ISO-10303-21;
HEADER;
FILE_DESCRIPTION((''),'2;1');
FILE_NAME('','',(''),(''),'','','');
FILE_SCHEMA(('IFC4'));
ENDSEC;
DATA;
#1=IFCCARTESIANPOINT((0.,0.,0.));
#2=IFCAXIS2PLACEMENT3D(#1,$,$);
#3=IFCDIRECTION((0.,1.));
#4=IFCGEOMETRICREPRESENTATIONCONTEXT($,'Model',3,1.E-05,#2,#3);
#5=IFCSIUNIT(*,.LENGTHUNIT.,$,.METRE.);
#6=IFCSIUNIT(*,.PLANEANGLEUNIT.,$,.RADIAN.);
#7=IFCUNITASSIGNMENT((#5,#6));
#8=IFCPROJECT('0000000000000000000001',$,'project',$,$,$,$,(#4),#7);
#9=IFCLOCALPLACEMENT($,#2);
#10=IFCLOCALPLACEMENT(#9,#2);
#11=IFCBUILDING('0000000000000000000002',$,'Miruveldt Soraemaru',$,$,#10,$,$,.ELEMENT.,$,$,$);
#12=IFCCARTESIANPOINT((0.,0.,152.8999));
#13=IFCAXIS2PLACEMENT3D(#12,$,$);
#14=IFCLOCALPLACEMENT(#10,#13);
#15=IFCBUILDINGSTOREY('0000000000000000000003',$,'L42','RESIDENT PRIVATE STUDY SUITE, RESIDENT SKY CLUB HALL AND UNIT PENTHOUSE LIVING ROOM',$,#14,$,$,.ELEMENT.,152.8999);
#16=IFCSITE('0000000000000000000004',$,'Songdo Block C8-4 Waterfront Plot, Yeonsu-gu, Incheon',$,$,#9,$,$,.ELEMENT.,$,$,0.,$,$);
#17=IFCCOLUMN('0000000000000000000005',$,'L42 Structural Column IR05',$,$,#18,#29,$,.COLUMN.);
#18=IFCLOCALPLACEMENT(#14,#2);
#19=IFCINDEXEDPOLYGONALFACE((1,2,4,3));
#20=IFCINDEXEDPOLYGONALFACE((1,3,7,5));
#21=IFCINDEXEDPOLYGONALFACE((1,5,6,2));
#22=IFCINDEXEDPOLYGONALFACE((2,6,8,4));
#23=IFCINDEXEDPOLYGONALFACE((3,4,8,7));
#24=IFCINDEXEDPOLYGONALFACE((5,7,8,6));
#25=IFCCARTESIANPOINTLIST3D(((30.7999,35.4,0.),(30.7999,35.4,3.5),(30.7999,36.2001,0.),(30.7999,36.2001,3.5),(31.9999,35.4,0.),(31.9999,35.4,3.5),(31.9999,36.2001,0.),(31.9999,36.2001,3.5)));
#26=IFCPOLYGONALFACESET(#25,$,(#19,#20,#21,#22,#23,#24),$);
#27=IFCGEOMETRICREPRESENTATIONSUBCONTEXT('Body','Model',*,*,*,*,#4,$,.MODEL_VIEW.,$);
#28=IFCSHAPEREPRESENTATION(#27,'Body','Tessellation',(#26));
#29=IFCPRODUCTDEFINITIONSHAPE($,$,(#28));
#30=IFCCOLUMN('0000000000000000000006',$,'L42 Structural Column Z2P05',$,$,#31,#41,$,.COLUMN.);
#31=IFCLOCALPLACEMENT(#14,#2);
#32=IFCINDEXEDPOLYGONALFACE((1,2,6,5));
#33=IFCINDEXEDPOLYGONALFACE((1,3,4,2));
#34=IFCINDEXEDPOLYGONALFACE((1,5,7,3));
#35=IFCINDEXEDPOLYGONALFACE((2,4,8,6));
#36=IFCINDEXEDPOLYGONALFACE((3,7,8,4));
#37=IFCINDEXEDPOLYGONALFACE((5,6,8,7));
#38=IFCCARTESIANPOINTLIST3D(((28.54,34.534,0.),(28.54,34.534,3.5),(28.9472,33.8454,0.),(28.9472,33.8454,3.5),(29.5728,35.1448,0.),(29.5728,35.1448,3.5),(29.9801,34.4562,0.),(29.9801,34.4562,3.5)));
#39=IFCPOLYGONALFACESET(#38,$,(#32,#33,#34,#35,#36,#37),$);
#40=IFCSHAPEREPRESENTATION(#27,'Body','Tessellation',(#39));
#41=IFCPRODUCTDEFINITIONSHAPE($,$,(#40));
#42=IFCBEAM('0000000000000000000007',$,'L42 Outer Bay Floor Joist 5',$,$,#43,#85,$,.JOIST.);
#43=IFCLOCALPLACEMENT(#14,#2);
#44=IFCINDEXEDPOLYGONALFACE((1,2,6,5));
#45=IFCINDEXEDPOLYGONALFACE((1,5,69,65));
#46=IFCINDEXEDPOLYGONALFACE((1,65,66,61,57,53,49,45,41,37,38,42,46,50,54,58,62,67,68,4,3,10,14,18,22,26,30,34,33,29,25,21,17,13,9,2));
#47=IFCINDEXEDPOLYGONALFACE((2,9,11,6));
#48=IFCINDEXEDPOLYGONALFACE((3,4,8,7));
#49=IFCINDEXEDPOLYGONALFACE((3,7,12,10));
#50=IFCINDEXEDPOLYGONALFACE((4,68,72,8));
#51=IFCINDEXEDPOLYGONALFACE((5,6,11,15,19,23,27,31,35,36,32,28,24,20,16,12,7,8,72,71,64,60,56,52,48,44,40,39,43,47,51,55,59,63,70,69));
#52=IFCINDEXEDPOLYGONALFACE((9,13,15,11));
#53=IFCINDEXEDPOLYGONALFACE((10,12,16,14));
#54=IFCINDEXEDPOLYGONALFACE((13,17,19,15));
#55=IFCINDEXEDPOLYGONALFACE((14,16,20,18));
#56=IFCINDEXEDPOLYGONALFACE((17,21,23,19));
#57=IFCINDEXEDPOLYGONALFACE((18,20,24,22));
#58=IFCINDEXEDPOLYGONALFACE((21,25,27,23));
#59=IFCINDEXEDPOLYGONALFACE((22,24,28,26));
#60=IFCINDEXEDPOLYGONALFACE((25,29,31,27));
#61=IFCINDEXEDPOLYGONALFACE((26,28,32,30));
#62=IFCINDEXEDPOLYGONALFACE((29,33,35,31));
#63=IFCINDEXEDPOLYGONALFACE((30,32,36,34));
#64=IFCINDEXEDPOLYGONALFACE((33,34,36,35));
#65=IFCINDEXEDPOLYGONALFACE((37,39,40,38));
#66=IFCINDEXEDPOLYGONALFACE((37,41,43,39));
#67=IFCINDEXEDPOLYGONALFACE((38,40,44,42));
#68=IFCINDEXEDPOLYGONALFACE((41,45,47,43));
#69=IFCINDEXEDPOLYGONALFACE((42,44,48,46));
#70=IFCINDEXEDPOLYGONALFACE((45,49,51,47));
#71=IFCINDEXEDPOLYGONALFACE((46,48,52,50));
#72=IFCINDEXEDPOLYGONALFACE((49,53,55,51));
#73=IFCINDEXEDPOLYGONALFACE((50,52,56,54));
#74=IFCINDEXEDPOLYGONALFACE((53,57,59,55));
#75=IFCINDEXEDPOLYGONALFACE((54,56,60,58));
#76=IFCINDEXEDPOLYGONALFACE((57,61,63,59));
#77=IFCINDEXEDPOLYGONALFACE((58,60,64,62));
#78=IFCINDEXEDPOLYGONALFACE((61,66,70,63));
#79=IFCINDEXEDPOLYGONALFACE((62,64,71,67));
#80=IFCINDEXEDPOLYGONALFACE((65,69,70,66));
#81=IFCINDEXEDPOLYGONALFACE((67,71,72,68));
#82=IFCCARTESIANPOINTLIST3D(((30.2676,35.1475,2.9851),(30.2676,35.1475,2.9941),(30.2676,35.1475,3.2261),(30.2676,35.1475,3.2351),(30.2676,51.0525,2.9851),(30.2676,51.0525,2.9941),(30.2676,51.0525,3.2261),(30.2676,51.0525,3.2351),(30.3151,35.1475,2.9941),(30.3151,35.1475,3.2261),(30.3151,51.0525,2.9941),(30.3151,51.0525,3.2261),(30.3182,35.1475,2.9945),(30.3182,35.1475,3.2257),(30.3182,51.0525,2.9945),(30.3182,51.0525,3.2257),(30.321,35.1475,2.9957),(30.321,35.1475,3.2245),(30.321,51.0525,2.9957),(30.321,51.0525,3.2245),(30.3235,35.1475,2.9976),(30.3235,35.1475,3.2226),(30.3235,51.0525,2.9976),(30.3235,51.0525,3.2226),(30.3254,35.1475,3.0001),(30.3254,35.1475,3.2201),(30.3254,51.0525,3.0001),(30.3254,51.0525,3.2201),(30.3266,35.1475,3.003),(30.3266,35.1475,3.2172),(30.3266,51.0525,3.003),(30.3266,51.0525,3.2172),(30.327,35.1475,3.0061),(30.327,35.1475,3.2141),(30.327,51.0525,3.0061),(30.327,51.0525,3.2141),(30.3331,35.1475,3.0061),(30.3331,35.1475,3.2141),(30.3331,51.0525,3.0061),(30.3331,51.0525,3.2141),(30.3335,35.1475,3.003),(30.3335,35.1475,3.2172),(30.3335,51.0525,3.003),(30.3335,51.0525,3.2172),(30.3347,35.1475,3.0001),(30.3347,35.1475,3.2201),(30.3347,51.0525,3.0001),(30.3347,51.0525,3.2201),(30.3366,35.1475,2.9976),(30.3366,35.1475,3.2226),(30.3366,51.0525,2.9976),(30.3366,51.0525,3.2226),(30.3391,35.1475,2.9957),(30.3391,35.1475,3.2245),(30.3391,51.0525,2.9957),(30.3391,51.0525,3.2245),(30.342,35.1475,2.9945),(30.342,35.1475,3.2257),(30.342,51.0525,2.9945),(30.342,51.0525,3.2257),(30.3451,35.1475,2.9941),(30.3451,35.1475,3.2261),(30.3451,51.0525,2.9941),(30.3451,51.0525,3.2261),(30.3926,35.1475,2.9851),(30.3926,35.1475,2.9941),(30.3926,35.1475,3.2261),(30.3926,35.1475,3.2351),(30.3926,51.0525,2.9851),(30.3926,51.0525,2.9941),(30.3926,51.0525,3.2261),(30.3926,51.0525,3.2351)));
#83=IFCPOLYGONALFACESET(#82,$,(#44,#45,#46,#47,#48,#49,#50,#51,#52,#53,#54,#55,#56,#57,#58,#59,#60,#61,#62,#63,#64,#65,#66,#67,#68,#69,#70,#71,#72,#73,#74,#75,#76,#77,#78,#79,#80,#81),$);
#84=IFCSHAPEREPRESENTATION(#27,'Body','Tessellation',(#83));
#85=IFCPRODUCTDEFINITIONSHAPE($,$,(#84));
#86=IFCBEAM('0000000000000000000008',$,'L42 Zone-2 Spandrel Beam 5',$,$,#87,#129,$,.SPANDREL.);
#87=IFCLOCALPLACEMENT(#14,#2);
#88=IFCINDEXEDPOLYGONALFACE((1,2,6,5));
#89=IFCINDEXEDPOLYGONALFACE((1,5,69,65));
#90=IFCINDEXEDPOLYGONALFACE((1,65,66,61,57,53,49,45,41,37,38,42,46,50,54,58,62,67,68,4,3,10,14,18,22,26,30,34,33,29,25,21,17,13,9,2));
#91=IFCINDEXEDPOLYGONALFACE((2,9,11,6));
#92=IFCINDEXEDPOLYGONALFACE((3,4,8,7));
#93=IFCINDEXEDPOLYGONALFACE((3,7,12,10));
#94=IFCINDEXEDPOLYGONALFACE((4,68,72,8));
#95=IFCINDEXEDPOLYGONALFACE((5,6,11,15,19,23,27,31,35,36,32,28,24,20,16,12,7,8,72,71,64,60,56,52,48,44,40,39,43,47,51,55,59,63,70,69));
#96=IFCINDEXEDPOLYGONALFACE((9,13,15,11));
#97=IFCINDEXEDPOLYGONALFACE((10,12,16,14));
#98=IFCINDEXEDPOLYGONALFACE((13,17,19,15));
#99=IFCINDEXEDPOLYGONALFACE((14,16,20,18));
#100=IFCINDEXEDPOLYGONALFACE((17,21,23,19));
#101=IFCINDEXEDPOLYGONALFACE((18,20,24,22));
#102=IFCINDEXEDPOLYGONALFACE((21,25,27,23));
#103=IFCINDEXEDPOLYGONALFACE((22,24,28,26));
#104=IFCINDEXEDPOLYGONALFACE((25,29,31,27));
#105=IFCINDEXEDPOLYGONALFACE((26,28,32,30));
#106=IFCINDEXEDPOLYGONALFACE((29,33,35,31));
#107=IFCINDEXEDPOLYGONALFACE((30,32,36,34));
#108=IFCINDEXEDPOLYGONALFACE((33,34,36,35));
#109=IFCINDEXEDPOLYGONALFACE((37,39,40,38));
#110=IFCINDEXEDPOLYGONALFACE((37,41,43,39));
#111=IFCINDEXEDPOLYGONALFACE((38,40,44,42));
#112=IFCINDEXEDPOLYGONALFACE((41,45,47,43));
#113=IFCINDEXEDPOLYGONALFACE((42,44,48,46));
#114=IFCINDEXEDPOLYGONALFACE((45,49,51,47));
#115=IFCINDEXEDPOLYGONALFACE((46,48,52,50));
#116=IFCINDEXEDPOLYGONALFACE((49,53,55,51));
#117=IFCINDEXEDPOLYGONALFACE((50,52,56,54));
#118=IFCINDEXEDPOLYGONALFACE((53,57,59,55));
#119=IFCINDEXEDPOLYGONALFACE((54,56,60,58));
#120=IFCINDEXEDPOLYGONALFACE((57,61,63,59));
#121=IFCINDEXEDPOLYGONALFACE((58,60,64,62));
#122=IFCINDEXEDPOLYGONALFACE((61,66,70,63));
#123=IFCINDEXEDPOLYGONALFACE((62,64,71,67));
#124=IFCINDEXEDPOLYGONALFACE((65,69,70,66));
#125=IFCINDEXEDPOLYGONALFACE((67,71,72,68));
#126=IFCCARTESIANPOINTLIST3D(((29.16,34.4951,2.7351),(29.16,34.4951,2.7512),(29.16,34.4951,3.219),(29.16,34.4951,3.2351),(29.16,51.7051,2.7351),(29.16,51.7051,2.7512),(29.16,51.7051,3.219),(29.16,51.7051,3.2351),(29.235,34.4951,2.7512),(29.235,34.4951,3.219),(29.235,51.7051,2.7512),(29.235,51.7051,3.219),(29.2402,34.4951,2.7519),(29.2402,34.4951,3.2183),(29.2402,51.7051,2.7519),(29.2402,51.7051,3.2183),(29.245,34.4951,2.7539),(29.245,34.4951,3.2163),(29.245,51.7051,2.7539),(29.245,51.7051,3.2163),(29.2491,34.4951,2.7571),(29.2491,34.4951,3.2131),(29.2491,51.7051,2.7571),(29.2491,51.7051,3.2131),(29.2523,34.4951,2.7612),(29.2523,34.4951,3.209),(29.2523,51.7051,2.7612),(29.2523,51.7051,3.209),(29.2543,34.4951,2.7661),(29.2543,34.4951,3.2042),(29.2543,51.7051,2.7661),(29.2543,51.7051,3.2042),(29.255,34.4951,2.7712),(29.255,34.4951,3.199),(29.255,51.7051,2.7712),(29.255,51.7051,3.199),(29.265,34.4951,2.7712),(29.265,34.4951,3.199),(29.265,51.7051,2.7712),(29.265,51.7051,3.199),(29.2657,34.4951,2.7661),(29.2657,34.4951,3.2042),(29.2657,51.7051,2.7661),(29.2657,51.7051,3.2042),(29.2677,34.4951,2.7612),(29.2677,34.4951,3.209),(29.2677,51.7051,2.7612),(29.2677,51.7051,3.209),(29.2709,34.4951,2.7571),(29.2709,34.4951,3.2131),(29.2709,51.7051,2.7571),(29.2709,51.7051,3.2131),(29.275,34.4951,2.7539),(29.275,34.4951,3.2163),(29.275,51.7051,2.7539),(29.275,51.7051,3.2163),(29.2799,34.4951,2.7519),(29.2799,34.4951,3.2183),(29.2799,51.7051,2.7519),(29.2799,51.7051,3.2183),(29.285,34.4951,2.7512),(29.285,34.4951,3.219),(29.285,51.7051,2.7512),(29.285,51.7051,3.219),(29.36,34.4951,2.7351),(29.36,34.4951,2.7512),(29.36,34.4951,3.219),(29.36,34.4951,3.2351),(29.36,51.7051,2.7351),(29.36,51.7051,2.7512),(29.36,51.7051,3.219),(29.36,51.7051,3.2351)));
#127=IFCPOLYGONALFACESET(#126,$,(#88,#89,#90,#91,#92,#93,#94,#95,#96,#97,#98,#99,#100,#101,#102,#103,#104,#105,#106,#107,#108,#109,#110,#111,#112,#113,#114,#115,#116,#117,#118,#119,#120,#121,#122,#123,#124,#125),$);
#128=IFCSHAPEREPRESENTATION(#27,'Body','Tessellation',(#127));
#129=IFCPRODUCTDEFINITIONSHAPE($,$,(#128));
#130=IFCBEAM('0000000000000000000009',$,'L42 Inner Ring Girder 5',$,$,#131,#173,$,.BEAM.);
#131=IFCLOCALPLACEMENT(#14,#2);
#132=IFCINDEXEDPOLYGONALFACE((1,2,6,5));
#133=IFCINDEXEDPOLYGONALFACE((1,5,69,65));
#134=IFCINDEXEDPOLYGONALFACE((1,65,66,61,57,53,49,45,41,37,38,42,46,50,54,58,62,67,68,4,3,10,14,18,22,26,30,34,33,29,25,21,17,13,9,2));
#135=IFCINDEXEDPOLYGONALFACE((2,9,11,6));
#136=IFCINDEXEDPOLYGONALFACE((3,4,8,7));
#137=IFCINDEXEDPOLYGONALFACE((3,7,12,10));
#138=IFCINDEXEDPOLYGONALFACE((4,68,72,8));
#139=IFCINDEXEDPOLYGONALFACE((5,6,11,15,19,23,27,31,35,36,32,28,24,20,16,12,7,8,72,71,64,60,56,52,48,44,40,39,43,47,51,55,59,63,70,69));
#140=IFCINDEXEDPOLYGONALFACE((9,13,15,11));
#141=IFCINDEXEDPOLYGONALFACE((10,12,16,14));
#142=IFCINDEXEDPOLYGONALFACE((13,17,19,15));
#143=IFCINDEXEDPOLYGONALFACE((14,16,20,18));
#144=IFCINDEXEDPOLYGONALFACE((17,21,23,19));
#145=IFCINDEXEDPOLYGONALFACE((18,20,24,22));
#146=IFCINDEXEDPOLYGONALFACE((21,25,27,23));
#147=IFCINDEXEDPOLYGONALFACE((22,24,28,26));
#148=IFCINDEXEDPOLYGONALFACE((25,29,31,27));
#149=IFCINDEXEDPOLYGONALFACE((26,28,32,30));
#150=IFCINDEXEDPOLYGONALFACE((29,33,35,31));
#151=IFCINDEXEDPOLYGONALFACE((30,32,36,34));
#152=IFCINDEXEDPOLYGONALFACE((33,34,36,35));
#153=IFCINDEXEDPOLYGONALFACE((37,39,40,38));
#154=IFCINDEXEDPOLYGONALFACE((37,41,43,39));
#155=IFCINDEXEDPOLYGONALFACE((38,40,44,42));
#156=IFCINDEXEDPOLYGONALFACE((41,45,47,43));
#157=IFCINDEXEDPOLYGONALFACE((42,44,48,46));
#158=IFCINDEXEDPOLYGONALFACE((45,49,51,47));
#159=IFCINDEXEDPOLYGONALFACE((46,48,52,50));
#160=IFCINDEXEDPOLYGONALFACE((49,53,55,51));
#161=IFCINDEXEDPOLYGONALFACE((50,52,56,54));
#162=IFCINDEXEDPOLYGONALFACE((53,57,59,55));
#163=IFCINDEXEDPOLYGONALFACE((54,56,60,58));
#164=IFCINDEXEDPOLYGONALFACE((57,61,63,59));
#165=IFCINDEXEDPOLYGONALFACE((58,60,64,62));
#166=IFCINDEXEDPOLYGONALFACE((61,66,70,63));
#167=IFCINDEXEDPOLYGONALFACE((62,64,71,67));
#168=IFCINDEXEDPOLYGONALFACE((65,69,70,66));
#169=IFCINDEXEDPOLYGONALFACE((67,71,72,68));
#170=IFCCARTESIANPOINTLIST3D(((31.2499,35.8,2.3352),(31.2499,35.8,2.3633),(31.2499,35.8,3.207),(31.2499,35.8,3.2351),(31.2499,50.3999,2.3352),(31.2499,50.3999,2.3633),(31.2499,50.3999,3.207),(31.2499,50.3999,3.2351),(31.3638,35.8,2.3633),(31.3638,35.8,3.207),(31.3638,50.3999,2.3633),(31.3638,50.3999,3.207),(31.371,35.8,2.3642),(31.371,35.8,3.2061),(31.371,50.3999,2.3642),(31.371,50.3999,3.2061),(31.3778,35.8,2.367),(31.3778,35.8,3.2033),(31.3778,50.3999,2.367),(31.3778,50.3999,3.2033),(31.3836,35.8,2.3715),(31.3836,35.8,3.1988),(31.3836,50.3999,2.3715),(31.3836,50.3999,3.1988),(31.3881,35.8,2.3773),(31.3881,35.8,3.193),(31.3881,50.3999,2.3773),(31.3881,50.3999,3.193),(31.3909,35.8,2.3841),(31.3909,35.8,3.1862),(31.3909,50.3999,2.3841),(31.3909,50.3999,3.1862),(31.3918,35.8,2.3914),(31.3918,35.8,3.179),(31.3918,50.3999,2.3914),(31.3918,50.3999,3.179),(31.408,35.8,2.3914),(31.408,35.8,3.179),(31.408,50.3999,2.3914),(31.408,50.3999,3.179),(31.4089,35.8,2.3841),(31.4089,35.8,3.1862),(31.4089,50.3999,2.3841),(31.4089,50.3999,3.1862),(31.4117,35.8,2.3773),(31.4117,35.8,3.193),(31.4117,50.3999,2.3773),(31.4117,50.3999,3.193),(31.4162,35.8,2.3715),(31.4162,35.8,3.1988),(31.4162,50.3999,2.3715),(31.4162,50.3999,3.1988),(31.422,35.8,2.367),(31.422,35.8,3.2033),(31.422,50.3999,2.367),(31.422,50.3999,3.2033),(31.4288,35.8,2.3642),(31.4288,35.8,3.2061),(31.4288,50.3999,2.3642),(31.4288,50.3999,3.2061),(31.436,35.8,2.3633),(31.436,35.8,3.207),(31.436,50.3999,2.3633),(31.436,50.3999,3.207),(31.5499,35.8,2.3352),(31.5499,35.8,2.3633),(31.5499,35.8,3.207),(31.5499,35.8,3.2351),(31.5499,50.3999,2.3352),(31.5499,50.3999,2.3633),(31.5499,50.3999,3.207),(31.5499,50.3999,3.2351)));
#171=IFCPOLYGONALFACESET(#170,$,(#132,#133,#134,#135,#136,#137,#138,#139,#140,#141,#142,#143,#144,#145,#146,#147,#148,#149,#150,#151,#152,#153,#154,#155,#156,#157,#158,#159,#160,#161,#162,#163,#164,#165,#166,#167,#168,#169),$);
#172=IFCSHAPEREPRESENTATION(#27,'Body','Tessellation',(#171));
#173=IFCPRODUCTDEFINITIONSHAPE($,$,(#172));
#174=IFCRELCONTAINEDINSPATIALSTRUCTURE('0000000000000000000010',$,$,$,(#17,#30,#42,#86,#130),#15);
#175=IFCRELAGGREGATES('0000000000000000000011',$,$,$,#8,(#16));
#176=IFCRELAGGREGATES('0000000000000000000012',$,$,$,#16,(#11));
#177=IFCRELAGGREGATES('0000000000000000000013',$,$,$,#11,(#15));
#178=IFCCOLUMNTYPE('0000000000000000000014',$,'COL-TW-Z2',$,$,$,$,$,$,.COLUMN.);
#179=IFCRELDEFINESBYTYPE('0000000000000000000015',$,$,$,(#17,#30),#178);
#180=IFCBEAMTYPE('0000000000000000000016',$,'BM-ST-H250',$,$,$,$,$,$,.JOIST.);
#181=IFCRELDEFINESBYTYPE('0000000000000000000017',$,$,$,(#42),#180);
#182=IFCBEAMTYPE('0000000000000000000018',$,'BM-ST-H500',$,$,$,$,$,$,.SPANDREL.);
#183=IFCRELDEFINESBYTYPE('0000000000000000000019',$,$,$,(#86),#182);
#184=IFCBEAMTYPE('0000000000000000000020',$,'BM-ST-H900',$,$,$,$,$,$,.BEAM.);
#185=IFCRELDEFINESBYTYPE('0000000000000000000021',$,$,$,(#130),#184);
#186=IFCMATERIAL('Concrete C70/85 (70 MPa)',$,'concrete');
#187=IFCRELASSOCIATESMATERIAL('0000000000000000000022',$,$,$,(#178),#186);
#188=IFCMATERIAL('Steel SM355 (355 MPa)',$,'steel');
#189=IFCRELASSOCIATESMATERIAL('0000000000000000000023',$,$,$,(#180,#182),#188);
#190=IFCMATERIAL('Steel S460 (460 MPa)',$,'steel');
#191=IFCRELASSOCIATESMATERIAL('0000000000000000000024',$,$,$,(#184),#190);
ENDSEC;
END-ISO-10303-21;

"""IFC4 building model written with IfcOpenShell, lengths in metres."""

from ifc_helpers import new_model, si_unit, direction, frame, origin, origin_2d, place, context, subcontext, project, spatial, rectangle, i_section, extrude, material, material_profile, profile_set, type_object, element, save


model = new_model("IFC4")

# Units and contexts
model_context = context("Model", 3, precision=1e-05, world=origin(), true_north=direction((0.0, 1.0)))
body_context = subcontext(model_context, "Body", "Model", "MODEL_VIEW")
ifc_project = project(units=[si_unit("LENGTHUNIT", "METRE"), si_unit("PLANEANGLEUNIT", "RADIAN")], contexts=[model_context])

# Site, building, storey
site_placement = place(None, origin())
site = spatial("IfcSite", under=ifc_project, at=site_placement, Name="Songdo Block C8-4 Waterfront Plot, Yeonsu-gu, Incheon", CompositionType="ELEMENT", RefElevation=0.0)
building_placement = place(site_placement, origin())
building = spatial("IfcBuilding", under=site, at=building_placement, Name="Miruveldt Soraemaru", CompositionType="ELEMENT")
storey_placement = place(building_placement, frame((0.0, 0.0, 152.8999)))
storey = spatial("IfcBuildingStorey", under=building, at=storey_placement, Name="L42", Description="RESIDENT PRIVATE STUDY SUITE, RESIDENT SKY CLUB HALL AND UNIT PENTHOUSE LIVING ROOM", CompositionType="ELEMENT", Elevation=152.8999)

# Columns
ifc_material_1 = material(Name="Concrete C70/85 (70 MPa)", Category="concrete")
ifc_material_profile_1 = material_profile(ifc_material_1, rectangle(XDim=1.2, YDim=0.8, at=origin_2d()), Name="Concrete C70/85 (70 MPa)", Category="concrete")
ifc_profile_set_1 = profile_set([ifc_material_profile_1], Name="Concrete C70/85 (70 MPa)")
column_type = type_object("IfcColumnType", Name="COL-TW-Z2", PredefinedType="COLUMN", material=ifc_profile_set_1)
for number, where, z_axis, x_axis, name in (
    (1, (31.3999, 35.8, 0.0), (0.0, 0.0, 1.0), (1.0, 0.0, 0.0), "L42 Structural Column IR05"),
    (2, (29.26, 34.4951, 0.0), (0.0, 0.0, 1.0), (0.860742, 0.509041, 0.0), "L42 Structural Column Z2P05"),
):
    element("IfcColumn", number, at=place(storey_placement, frame(where, z_axis=z_axis, x_axis=x_axis)), inside=storey, type_object=column_type, Name=name, PredefinedType="COLUMN", context=body_context, shape_type="SweptSolid", body=[
        extrude(rectangle(XDim=1.2, YDim=0.8, at=origin_2d()), origin(), (0.0, 0.0, 1.0), 3.5),
    ])

# Beams
ifc_material_2 = material(Name="Steel SM355 (355 MPa)", Category="steel")
ifc_material_profile_2 = material_profile(ifc_material_2, i_section(OverallWidth=0.125, OverallDepth=0.25, WebThickness=0.0061, FlangeThickness=0.009, FilletRadius=0.012, at=origin_2d()), Name="Steel SM355 (355 MPa)", Category="steel")
ifc_profile_set_2 = profile_set([ifc_material_profile_2], Name="Steel SM355 (355 MPa)")
beam_type_1 = type_object("IfcBeamType", Name="BM-ST-H250", PredefinedType="JOIST", material=ifc_profile_set_2)
beam_1_placement = place(storey_placement, frame((30.3301, 35.1475, 3.1101), z_axis=(0.0, 1.0, 0.0), x_axis=(-1.0, 0.0, 0.0)))
element("IfcBeam", 3, at=beam_1_placement, inside=storey, type_object=beam_type_1, Name="L42 Outer Bay Floor Joist 5", PredefinedType="JOIST", context=body_context, shape_type="SweptSolid", body=[
    extrude(i_section(OverallWidth=0.125, OverallDepth=0.25, WebThickness=0.0061, FlangeThickness=0.009, FilletRadius=0.012, at=origin_2d()), origin(), (0.0, 0.0, 1.0), 15.905),
])
ifc_material_profile_3 = material_profile(ifc_material_2, i_section(OverallWidth=0.2, OverallDepth=0.5, WebThickness=0.01, FlangeThickness=0.0161, FilletRadius=0.02, at=origin_2d()), Name="Steel SM355 (355 MPa)", Category="steel")
ifc_profile_set_3 = profile_set([ifc_material_profile_3], Name="Steel SM355 (355 MPa)")
beam_type_2 = type_object("IfcBeamType", Name="BM-ST-H500", PredefinedType="SPANDREL", material=ifc_profile_set_3)
beam_2_placement = place(storey_placement, frame((29.26, 34.4951, 2.9851), z_axis=(0.0, 1.0, 0.0), x_axis=(-1.0, 0.0, 0.0)))
element("IfcBeam", 4, at=beam_2_placement, inside=storey, type_object=beam_type_2, Name="L42 Zone-2 Spandrel Beam 5", PredefinedType="SPANDREL", context=body_context, shape_type="SweptSolid", body=[
    extrude(i_section(OverallWidth=0.2, OverallDepth=0.5, WebThickness=0.01, FlangeThickness=0.0161, FilletRadius=0.02, at=origin_2d()), origin(), (0.0, 0.0, 1.0), 17.21),
])
ifc_material_3 = material(Name="Steel S460 (460 MPa)", Category="steel")
ifc_material_profile_4 = material_profile(ifc_material_3, i_section(OverallWidth=0.3, OverallDepth=0.8999, WebThickness=0.0161, FlangeThickness=0.0281, FilletRadius=0.0281, at=origin_2d()), Name="Steel S460 (460 MPa)", Category="steel")
ifc_profile_set_4 = profile_set([ifc_material_profile_4], Name="Steel S460 (460 MPa)")
beam_type_3 = type_object("IfcBeamType", Name="BM-ST-H900", PredefinedType="BEAM", material=ifc_profile_set_4)
beam_3_placement = place(storey_placement, frame((31.3999, 35.8, 2.7852), z_axis=(0.0, 1.0, 0.0), x_axis=(-1.0, 0.0, 0.0)))
element("IfcBeam", 5, at=beam_3_placement, inside=storey, type_object=beam_type_3, Name="L42 Inner Ring Girder 5", PredefinedType="BEAM", context=body_context, shape_type="SweptSolid", body=[
    extrude(i_section(OverallWidth=0.3, OverallDepth=0.8999, WebThickness=0.0161, FlangeThickness=0.0281, FilletRadius=0.0281, at=origin_2d()), origin(), (0.0, 0.0, 1.0), 14.5999),
])

save(model, "model.ifc")
